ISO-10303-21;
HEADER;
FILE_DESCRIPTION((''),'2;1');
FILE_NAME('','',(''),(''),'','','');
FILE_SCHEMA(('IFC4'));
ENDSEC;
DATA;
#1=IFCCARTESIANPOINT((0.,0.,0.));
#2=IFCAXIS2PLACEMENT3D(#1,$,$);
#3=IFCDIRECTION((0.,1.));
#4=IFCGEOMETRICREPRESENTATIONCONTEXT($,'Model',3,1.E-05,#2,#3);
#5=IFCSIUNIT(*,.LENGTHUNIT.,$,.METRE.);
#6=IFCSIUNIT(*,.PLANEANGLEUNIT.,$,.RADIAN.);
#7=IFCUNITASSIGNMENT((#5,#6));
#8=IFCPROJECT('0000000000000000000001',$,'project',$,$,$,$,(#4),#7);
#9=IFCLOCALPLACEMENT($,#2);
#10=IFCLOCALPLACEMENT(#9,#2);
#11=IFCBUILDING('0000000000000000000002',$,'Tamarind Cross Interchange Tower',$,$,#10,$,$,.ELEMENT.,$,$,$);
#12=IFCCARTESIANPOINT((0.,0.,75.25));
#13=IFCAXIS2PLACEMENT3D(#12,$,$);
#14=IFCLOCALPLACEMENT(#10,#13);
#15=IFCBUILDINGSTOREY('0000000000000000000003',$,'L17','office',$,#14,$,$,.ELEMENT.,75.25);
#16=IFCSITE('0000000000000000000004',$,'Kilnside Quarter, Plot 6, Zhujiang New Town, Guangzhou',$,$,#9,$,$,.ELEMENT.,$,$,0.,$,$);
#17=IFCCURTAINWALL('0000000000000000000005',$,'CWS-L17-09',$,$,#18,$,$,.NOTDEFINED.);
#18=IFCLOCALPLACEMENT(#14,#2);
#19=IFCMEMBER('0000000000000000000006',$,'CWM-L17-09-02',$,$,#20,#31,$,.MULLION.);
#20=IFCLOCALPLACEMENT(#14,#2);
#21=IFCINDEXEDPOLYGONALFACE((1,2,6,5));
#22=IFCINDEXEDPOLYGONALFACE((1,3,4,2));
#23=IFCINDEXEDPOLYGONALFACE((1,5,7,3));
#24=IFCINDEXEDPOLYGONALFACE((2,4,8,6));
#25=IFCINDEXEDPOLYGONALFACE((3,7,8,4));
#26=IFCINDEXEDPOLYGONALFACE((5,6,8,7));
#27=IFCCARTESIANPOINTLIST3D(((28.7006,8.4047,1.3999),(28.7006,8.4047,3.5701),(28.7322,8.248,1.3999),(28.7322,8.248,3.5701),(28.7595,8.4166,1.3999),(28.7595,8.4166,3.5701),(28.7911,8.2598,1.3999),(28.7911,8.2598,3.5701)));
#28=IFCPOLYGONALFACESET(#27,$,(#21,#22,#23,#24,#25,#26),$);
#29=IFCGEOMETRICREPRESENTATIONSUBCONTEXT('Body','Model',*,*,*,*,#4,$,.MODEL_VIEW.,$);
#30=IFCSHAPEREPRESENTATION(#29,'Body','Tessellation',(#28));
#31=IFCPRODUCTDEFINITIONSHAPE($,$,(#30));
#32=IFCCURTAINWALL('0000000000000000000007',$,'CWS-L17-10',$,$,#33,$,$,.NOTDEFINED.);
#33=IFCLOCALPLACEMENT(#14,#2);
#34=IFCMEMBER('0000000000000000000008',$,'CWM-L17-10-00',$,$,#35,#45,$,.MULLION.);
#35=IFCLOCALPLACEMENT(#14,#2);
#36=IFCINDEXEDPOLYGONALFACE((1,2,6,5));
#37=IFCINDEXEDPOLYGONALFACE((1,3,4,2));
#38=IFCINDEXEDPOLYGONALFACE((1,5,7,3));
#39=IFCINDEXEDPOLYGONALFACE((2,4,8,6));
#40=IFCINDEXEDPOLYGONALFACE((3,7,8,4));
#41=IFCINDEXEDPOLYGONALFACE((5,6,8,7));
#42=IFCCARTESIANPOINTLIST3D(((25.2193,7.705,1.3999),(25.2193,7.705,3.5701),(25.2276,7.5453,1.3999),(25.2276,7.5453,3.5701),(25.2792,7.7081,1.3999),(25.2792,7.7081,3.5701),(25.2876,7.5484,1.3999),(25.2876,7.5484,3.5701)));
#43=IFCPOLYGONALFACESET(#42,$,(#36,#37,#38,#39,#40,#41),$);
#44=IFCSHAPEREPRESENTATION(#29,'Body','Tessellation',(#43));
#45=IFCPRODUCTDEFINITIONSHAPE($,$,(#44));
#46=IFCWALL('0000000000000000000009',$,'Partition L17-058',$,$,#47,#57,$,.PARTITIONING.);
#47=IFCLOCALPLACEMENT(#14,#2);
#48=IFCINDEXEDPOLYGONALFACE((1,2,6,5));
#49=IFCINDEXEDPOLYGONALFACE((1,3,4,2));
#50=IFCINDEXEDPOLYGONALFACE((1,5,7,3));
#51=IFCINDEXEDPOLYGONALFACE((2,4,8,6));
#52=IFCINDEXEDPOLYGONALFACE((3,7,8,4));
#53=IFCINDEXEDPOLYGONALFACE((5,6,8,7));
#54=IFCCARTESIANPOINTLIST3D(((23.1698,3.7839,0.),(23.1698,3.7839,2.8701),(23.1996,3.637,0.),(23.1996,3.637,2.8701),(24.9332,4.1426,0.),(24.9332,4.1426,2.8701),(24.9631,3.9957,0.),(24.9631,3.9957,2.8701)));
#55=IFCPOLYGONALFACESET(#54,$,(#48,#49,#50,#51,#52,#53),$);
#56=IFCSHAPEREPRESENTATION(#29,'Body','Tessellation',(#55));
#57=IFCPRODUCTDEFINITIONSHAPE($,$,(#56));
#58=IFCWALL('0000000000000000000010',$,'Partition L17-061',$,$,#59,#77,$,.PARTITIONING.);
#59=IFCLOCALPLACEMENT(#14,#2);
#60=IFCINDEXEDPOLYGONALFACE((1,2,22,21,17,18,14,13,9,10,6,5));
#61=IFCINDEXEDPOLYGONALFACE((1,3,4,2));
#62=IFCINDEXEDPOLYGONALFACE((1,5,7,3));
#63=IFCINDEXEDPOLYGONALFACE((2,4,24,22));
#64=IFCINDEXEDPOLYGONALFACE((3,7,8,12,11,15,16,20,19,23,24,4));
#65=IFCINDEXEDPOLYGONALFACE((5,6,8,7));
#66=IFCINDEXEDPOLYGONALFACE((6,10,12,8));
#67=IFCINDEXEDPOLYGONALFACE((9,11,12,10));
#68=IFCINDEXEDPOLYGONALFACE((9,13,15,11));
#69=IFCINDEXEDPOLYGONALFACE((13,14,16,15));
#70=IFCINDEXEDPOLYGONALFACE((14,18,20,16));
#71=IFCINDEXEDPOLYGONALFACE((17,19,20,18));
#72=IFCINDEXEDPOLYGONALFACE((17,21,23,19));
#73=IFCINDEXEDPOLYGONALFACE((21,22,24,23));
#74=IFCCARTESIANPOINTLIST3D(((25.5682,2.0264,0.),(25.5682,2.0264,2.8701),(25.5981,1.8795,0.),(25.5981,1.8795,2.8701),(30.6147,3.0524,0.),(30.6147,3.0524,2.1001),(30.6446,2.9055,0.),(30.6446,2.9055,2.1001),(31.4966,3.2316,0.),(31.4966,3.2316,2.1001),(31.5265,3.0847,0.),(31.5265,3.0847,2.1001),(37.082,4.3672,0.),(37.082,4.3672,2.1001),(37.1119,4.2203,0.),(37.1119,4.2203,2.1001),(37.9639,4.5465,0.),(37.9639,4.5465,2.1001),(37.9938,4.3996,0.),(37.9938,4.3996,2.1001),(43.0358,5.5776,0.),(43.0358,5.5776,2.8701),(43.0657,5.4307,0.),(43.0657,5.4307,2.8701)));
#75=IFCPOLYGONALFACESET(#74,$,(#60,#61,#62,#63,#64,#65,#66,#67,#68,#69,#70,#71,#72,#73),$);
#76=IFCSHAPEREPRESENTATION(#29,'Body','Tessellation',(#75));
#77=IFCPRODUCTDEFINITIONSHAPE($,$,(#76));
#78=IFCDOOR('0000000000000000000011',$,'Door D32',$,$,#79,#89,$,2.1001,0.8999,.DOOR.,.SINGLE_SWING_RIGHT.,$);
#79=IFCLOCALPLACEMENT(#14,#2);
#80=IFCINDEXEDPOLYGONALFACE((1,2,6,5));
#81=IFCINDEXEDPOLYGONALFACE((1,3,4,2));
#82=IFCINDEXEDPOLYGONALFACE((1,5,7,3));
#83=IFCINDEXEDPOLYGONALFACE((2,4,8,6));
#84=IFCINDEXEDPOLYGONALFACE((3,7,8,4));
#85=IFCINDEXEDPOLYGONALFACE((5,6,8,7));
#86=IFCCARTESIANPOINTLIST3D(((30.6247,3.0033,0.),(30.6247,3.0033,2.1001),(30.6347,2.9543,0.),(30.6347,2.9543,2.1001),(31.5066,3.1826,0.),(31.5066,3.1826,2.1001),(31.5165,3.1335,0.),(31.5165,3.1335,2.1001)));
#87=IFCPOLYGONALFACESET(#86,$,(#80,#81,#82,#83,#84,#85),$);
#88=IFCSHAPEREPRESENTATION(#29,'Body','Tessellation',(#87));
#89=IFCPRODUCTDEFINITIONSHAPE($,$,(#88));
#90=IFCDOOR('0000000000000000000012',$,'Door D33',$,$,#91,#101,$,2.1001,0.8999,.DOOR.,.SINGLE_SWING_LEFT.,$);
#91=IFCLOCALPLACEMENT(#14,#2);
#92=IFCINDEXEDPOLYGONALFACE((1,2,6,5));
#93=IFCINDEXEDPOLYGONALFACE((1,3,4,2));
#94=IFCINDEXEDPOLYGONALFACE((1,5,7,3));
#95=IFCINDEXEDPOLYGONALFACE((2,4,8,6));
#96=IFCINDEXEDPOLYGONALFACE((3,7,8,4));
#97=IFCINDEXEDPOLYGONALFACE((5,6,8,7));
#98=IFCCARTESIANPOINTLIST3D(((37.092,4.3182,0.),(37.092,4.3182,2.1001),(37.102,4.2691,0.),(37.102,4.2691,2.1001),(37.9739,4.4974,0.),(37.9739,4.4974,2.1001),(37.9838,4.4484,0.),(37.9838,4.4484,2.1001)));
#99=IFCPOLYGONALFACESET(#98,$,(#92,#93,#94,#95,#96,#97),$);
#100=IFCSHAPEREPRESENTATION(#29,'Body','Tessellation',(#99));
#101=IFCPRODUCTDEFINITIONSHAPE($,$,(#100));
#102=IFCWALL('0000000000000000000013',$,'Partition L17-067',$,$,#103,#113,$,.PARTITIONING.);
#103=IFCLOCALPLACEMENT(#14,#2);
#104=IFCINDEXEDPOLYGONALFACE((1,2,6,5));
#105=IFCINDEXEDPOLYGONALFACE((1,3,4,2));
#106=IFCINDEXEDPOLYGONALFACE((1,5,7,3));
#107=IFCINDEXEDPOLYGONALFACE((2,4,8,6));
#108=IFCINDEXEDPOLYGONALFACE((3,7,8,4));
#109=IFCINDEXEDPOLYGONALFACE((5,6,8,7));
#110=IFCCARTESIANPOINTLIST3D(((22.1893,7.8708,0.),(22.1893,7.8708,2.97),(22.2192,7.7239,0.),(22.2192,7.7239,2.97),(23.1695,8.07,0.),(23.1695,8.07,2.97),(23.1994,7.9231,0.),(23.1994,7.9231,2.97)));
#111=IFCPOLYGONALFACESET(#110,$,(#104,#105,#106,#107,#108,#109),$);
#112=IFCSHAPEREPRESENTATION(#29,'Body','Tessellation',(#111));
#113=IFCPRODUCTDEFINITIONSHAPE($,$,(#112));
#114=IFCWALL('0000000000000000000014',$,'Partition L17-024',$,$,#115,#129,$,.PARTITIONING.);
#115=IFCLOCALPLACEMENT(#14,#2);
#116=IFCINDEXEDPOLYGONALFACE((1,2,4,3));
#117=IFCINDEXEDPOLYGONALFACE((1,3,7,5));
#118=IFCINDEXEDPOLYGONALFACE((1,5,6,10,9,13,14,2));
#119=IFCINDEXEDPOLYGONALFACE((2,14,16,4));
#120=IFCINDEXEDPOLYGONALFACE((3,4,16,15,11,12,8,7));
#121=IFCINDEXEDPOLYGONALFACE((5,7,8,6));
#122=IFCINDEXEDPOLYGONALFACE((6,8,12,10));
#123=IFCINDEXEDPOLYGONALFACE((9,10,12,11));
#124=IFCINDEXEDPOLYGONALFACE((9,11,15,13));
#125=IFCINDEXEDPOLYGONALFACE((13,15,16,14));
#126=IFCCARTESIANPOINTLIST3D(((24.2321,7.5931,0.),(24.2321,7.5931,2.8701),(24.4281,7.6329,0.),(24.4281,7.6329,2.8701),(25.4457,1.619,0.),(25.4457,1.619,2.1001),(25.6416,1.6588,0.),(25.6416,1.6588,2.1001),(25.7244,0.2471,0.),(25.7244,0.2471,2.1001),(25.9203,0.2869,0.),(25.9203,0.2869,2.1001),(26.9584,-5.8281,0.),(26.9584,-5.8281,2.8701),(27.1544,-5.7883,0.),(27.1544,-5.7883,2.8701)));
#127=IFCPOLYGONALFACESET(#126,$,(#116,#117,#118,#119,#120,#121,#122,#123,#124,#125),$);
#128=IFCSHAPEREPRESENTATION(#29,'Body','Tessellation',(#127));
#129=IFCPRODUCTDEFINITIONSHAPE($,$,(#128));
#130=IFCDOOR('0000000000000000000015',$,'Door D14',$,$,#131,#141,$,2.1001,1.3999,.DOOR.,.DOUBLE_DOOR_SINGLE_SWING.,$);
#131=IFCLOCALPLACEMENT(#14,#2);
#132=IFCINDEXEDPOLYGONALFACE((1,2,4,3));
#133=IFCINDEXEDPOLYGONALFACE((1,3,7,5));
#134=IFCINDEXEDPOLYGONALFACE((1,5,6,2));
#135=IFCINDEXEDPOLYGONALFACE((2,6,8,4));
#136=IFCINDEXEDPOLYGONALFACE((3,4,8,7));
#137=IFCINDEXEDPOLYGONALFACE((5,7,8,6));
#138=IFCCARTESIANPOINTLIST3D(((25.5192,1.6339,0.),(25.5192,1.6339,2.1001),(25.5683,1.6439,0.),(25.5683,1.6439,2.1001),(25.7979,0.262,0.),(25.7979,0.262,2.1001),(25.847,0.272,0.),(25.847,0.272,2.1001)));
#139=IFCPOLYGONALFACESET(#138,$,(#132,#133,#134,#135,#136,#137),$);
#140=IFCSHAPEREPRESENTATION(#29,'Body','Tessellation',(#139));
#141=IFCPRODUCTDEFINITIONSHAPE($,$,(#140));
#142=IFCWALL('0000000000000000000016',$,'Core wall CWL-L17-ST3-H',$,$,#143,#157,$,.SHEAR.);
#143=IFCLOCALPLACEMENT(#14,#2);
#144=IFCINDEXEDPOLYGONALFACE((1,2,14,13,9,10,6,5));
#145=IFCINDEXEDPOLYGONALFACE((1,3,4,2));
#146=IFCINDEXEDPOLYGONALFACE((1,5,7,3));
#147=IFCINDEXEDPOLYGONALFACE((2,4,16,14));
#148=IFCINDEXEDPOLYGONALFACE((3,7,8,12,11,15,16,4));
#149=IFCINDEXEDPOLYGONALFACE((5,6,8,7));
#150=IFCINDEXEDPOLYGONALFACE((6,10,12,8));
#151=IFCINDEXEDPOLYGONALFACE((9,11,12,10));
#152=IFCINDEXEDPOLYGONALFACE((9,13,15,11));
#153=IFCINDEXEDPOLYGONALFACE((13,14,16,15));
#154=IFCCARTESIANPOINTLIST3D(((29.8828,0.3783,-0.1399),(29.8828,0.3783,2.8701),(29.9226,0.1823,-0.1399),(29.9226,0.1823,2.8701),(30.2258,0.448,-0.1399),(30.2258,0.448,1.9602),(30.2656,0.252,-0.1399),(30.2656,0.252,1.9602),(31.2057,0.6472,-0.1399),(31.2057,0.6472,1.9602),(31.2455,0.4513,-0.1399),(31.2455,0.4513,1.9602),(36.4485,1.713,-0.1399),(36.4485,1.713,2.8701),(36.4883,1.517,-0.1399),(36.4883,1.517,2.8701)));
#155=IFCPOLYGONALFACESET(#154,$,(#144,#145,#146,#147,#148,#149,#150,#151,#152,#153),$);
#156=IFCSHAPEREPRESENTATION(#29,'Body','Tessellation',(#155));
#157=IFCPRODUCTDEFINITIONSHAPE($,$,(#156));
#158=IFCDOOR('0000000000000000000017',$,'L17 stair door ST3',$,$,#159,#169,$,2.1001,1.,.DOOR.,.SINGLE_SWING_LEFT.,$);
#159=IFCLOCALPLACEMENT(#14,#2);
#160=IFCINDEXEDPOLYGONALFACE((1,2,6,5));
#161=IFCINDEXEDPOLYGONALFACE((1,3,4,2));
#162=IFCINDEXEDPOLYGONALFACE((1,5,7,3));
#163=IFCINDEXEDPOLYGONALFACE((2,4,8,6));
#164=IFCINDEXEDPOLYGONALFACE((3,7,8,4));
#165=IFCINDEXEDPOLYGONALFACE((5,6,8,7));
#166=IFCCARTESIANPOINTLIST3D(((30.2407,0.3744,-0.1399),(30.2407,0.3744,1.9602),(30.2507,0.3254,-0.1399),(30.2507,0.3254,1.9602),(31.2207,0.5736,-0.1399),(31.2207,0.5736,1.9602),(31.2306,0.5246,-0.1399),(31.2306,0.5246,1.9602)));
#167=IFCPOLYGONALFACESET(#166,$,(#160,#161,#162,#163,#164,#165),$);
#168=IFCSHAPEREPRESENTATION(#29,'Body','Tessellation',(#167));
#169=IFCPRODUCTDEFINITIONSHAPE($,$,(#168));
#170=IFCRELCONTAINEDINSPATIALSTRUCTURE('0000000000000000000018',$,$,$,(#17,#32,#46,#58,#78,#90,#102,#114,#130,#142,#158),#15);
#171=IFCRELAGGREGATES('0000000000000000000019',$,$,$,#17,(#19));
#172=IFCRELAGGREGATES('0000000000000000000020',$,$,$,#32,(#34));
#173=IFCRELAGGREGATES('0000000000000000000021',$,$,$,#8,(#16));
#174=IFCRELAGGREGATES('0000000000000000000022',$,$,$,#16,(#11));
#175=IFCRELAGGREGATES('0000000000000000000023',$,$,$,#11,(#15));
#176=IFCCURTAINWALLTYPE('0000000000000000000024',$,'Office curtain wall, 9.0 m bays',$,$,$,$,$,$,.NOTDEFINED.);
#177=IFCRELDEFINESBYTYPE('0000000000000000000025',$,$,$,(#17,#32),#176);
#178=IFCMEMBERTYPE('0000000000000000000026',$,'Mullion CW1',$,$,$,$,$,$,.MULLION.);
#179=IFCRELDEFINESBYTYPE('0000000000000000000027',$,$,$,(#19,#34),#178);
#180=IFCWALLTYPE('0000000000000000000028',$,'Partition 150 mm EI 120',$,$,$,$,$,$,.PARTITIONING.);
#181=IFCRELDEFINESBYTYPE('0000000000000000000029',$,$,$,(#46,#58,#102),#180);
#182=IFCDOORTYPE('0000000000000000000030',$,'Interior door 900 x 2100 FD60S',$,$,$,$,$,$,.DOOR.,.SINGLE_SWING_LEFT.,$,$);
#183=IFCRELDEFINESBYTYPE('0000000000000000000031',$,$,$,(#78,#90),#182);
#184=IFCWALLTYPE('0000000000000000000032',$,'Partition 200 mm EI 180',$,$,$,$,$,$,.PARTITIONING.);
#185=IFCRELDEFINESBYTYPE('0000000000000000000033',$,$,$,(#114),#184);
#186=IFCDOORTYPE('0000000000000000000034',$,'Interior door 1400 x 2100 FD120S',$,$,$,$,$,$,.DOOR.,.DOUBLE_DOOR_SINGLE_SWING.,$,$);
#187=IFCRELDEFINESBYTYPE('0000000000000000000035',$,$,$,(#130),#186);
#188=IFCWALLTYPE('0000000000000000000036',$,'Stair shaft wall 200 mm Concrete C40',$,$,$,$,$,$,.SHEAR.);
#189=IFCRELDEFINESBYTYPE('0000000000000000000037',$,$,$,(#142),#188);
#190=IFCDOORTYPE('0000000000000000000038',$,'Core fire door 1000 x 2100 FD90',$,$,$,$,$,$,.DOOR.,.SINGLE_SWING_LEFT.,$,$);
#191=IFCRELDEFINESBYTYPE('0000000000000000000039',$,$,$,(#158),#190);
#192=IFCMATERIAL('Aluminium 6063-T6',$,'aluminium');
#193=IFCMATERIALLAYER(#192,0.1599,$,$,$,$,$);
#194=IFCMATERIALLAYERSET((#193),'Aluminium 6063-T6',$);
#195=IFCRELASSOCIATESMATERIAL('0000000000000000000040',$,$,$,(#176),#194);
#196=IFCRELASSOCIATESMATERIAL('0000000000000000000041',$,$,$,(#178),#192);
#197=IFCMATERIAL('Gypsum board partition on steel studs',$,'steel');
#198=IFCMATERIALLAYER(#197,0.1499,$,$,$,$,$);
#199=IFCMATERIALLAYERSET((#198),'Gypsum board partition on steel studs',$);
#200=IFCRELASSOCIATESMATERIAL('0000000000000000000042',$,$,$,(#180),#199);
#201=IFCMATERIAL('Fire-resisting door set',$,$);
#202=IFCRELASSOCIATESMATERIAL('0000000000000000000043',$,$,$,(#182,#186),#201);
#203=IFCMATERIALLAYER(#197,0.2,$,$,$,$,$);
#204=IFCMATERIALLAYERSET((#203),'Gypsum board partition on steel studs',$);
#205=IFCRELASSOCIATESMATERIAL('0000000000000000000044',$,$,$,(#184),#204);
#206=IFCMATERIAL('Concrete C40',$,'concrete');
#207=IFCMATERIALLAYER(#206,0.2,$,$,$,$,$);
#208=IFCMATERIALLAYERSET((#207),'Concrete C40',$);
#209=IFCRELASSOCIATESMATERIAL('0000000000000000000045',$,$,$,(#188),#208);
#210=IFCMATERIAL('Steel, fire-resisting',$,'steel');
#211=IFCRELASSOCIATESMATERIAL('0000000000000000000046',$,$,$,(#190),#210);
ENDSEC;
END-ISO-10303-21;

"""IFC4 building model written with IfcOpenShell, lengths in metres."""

from ifc_helpers import new_model, si_unit, direction, frame, frame_2d, origin, origin_2d, place, context, subcontext, project, spatial, rectangle, extrude, material, layer, layer_set, material_profile, profile_set, type_object, element, fill, aggregate, save


model = new_model("IFC4")

# Units and contexts
model_context = context("Model", 3, precision=1e-05, world=origin(), true_north=direction((0.0, 1.0)))
body_context = subcontext(model_context, "Body", "Model", "MODEL_VIEW")
ifc_project = project(units=[si_unit("LENGTHUNIT", "METRE"), si_unit("PLANEANGLEUNIT", "RADIAN")], contexts=[model_context])

# Site, building, storey
site_placement = place(None, origin())
site = spatial("IfcSite", under=ifc_project, at=site_placement, Name="Kilnside Quarter, Plot 6, Zhujiang New Town, Guangzhou", CompositionType="ELEMENT", RefElevation=0.0)
building_placement = place(site_placement, origin())
building = spatial("IfcBuilding", under=site, at=building_placement, Name="Tamarind Cross Interchange Tower", CompositionType="ELEMENT")
storey_placement = place(building_placement, frame((0.0, 0.0, 75.25)))
storey = spatial("IfcBuildingStorey", under=building, at=storey_placement, Name="L17", Description="office", CompositionType="ELEMENT", Elevation=75.25)

# Curtain walls, members
ifc_material_1 = material(Name="Aluminium 6063-T6", Category="aluminium")
ifc_layer_1 = layer(ifc_material_1, 0.1599)
ifc_layer_set_1 = layer_set([ifc_layer_1], Name="Aluminium 6063-T6")
curtain_wall_type = type_object("IfcCurtainWallType", Name="Office curtain wall, 9.0 m bays", PredefinedType="NOTDEFINED", material=ifc_layer_set_1)
curtain_wall_1_placement = place(storey_placement, origin())
curtain_wall_1 = element("IfcCurtainWall", 1, at=curtain_wall_1_placement, inside=storey, type_object=curtain_wall_type, Name="CWS-L17-09", PredefinedType="NOTDEFINED")
ifc_material_profile_1 = material_profile(ifc_material_1, rectangle(XDim=0.0601, YDim=0.1599, at=origin_2d()), Name="Mullion CW1")
ifc_profile_set_1 = profile_set([ifc_material_profile_1], Name="Aluminium 6063-T6")
member_type = type_object("IfcMemberType", Name="Mullion CW1", PredefinedType="MULLION", material=ifc_profile_set_1)
member_1_placement = place(storey_placement, frame((28.7458, 8.3323, 1.3999), z_axis=(0.0, 0.0, 1.0), x_axis=(-0.980197, -0.198023, 0.0)))
member_1 = element("IfcMember", 2, at=member_1_placement, type_object=member_type, Name="CWM-L17-09-02", PredefinedType="MULLION", context=body_context, shape_type="SweptSolid", body=[
    extrude(rectangle(XDim=0.0601, YDim=0.1599, at=origin_2d()), origin(), (0.0, 0.0, 1.0), 2.1702),
])
aggregate(curtain_wall_1, [member_1])
curtain_wall_2_placement = place(storey_placement, origin())
curtain_wall_2 = element("IfcCurtainWall", 3, at=curtain_wall_2_placement, inside=storey, type_object=curtain_wall_type, Name="CWS-L17-10", PredefinedType="NOTDEFINED")
member_2_placement = place(storey_placement, frame((25.2534, 7.6267, 1.3999), z_axis=(0.0, 0.0, 1.0), x_axis=(-0.998634, -0.052249, 0.0)))
member_2 = element("IfcMember", 4, at=member_2_placement, type_object=member_type, Name="CWM-L17-10-00", PredefinedType="MULLION", context=body_context, shape_type="SweptSolid", body=[
    extrude(rectangle(XDim=0.0601, YDim=0.1599, at=origin_2d()), origin(), (0.0, 0.0, 1.0), 2.1702),
])
aggregate(curtain_wall_2, [member_2])

# Wall
ifc_material_2 = material(Name="Gypsum board partition on steel studs", Category="steel")
ifc_layer_2 = layer(ifc_material_2, 0.1499)
ifc_layer_set_2 = layer_set([ifc_layer_2], Name="Gypsum board partition on steel studs")
wall_type_1 = type_object("IfcWallType", Name="Partition 150 mm EI 120", PredefinedType="PARTITIONING", material=ifc_layer_set_2)
wall_1_placement = place(storey_placement, frame((23.1846, 3.7104, 0.0), z_axis=(0.0, 0.0, 1.0), x_axis=(0.979939, 0.199298, 0.0)))
element("IfcWall", 5, at=wall_1_placement, inside=storey, type_object=wall_type_1, Name="Partition L17-058", PredefinedType="PARTITIONING", context=body_context, shape_type="SweptSolid", body=[
    extrude(rectangle(XDim=1.7996, YDim=0.1499, at=frame_2d((0.8999, 0.0))), origin(), (0.0, 0.0, 1.0), 2.8701),
])

# Wall, openings, doors
wall_2_placement = place(storey_placement, frame((25.583, 1.9529, 0.0), z_axis=(0.0, 0.0, 1.0), x_axis=(0.979953, 0.199231, 0.0)))
wall_2 = element("IfcWall", 6, at=wall_2_placement, inside=storey, type_object=wall_type_1, Name="Partition L17-061", PredefinedType="PARTITIONING", context=body_context, shape_type="SweptSolid", body=[
    extrude(rectangle(XDim=17.825, YDim=0.1499, at=frame_2d((8.9126, 0.0))), origin(), (0.0, 0.0, 1.0), 2.8701),
])
opening_1_placement = place(wall_2_placement, frame((5.1499, 0.0, 0.0)))
opening_1 = element("IfcOpeningElement", 7, at=opening_1_placement, cuts=wall_2, PredefinedType="OPENING", context=body_context, shape_type="SweptSolid", body=[
    extrude(rectangle(XDim=0.8999, YDim=2.1001, at=frame_2d((0.45, 1.05))), frame((0.0, 0.085, 0.0), z_axis=(0.0, -1.0, 0.0), x_axis=(1.0, 0.0, 0.0)), (0.0, 0.0, 1.0), 0.1699),
])
opening_2_placement = place(wall_2_placement, frame((11.7495, 0.0, 0.0)))
opening_2 = element("IfcOpeningElement", 8, at=opening_2_placement, cuts=wall_2, PredefinedType="OPENING", context=body_context, shape_type="SweptSolid", body=[
    extrude(rectangle(XDim=0.8999, YDim=2.1001, at=frame_2d((0.45, 1.05))), frame((0.0, 0.085, 0.0), z_axis=(0.0, -1.0, 0.0), x_axis=(1.0, 0.0, 0.0)), (0.0, 0.0, 1.0), 0.1699),
])
ifc_material_3 = material(Name="Fire-resisting door set")
door_type_1 = type_object("IfcDoorType", Name="Interior door 900 x 2100 FD60S", OperationType="SINGLE_SWING_LEFT", PredefinedType="DOOR", material=ifc_material_3)
door_1_placement = place(opening_1_placement, origin())
door_1 = element("IfcDoor", 9, at=door_1_placement, inside=storey, type_object=door_type_1, Name="Door D32", OperationType="SINGLE_SWING_RIGHT", OverallHeight=2.1001, OverallWidth=0.8999, PredefinedType="DOOR", context=body_context, shape_type="SweptSolid", body=[
    extrude(rectangle(XDim=0.8999, YDim=2.1001, at=frame_2d((0.45, 1.05))), frame((0.0, 0.0249, 0.0), z_axis=(0.0, -1.0, 0.0), x_axis=(1.0, 0.0, 0.0)), (0.0, 0.0, 1.0), 0.05),
])
fill(opening_1, door_1)
door_2_placement = place(opening_2_placement, origin())
door_2 = element("IfcDoor", 10, at=door_2_placement, inside=storey, type_object=door_type_1, Name="Door D33", OperationType="SINGLE_SWING_LEFT", OverallHeight=2.1001, OverallWidth=0.8999, PredefinedType="DOOR", context=body_context, shape_type="SweptSolid", body=[
    extrude(rectangle(XDim=0.8999, YDim=2.1001, at=frame_2d((0.45, 1.05))), frame((0.0, 0.0249, 0.0), z_axis=(0.0, -1.0, 0.0), x_axis=(1.0, 0.0, 0.0)), (0.0, 0.0, 1.0), 0.05),
])
fill(opening_2, door_2)

# Wall
wall_3_placement = place(storey_placement, frame((22.2043, 7.7974, 0.0), z_axis=(0.0, 0.0, 1.0), x_axis=(0.979966, 0.199166, 0.0)))
element("IfcWall", 11, at=wall_3_placement, inside=storey, type_object=wall_type_1, Name="Partition L17-067", PredefinedType="PARTITIONING", context=body_context, shape_type="SweptSolid", body=[
    extrude(rectangle(XDim=1.0002, YDim=0.1499, at=frame_2d((0.5, 0.0))), origin(), (0.0, 0.0, 1.0), 2.97),
])

# Walls, openings, doors
ifc_layer_3 = layer(ifc_material_2, 0.2)
ifc_layer_set_3 = layer_set([ifc_layer_3], Name="Gypsum board partition on steel studs")
wall_type_2 = type_object("IfcWallType", Name="Partition 200 mm EI 180", PredefinedType="PARTITIONING", material=ifc_layer_set_3)
wall_4_placement = place(storey_placement, frame((24.3301, 7.613, 0.0), z_axis=(0.0, 0.0, 1.0), x_axis=(0.19907, -0.979985, 0.0)))
wall_4 = element("IfcWall", 12, at=wall_4_placement, inside=storey, type_object=wall_type_2, Name="Partition L17-024", PredefinedType="PARTITIONING", context=body_context, shape_type="SweptSolid", body=[
    extrude(rectangle(XDim=13.6953, YDim=0.2, at=frame_2d((6.8477, 0.0))), origin(), (0.0, 0.0, 1.0), 2.8701),
])
opening_3_placement = place(wall_4_placement, frame((6.0962, 0.0, 0.0)))
opening_3 = element("IfcOpeningElement", 13, at=opening_3_placement, cuts=wall_4, PredefinedType="OPENING", context=body_context, shape_type="SweptSolid", body=[
    extrude(rectangle(XDim=1.3999, YDim=2.1001, at=frame_2d((0.7, 1.05))), frame((0.0, 0.1099, 0.0), z_axis=(0.0, -1.0, 0.0), x_axis=(1.0, 0.0, 0.0)), (0.0, 0.0, 1.0), 0.22),
])
door_type_2 = type_object("IfcDoorType", Name="Interior door 1400 x 2100 FD120S", OperationType="DOUBLE_DOOR_SINGLE_SWING", PredefinedType="DOOR", material=ifc_material_3)
door_3_placement = place(opening_3_placement, frame((1.3999, 0.0, 0.0), z_axis=(0.0, 0.0, 1.0), x_axis=(-1.0, 0.0, 0.0)))
door_3 = element("IfcDoor", 14, at=door_3_placement, inside=storey, type_object=door_type_2, Name="Door D14", OperationType="DOUBLE_DOOR_SINGLE_SWING", OverallHeight=2.1001, OverallWidth=1.3999, PredefinedType="DOOR", context=body_context, shape_type="SweptSolid", body=[
    extrude(rectangle(XDim=1.3999, YDim=2.1001, at=frame_2d((0.7, 1.05))), frame((0.0, 0.0249, 0.0), z_axis=(0.0, -1.0, 0.0), x_axis=(1.0, 0.0, 0.0)), (0.0, 0.0, 1.0), 0.05),
])
fill(opening_3, door_3)
ifc_material_4 = material(Name="Concrete C40", Category="concrete")
ifc_layer_4 = layer(ifc_material_4, 0.2)
ifc_layer_set_4 = layer_set([ifc_layer_4], Name="Concrete C40")
wall_type_3 = type_object("IfcWallType", Name="Stair shaft wall 200 mm Concrete C40", PredefinedType="SHEAR", material=ifc_layer_set_4)
wall_5_placement = place(storey_placement, frame((29.9026, 0.2803, -0.1399), z_axis=(0.0, 0.0, 1.0), x_axis=(0.979956, 0.199212, 0.0)))
wall_5 = element("IfcWall", 15, at=wall_5_placement, inside=storey, type_object=wall_type_3, Name="Core wall CWL-L17-ST3-H", PredefinedType="SHEAR", context=body_context, shape_type="SweptSolid", body=[
    extrude(rectangle(XDim=6.7, YDim=0.2, at=frame_2d((3.3501, 0.0))), origin(), (0.0, 0.0, 1.0), 3.01),
])
opening_4_placement = place(wall_5_placement, frame((0.3501, 0.0, 0.0)))
opening_4 = element("IfcOpeningElement", 16, at=opening_4_placement, cuts=wall_5, PredefinedType="OPENING", context=body_context, shape_type="SweptSolid", body=[
    extrude(rectangle(XDim=1.0, YDim=2.1001, at=frame_2d((0.5, 1.05))), frame((0.0, 0.1099, 0.0), z_axis=(0.0, -1.0, 0.0), x_axis=(1.0, 0.0, 0.0)), (0.0, 0.0, 1.0), 0.22),
])
ifc_material_5 = material(Name="Steel, fire-resisting", Category="steel")
door_type_3 = type_object("IfcDoorType", Name="Core fire door 1000 x 2100 FD90", OperationType="SINGLE_SWING_LEFT", PredefinedType="DOOR", material=ifc_material_5)
door_4_placement = place(opening_4_placement, origin())
door_4 = element("IfcDoor", 17, at=door_4_placement, inside=storey, type_object=door_type_3, Name="L17 stair door ST3", OperationType="SINGLE_SWING_LEFT", OverallHeight=2.1001, OverallWidth=1.0, PredefinedType="DOOR", context=body_context, shape_type="SweptSolid", body=[
    extrude(rectangle(XDim=1.0, YDim=2.1001, at=frame_2d((0.5, 1.05))), frame((0.0, 0.0249, 0.0), z_axis=(0.0, -1.0, 0.0), x_axis=(1.0, 0.0, 0.0)), (0.0, 0.0, 1.0), 0.05),
])
fill(opening_4, door_4)

save(model, "model.ifc")
